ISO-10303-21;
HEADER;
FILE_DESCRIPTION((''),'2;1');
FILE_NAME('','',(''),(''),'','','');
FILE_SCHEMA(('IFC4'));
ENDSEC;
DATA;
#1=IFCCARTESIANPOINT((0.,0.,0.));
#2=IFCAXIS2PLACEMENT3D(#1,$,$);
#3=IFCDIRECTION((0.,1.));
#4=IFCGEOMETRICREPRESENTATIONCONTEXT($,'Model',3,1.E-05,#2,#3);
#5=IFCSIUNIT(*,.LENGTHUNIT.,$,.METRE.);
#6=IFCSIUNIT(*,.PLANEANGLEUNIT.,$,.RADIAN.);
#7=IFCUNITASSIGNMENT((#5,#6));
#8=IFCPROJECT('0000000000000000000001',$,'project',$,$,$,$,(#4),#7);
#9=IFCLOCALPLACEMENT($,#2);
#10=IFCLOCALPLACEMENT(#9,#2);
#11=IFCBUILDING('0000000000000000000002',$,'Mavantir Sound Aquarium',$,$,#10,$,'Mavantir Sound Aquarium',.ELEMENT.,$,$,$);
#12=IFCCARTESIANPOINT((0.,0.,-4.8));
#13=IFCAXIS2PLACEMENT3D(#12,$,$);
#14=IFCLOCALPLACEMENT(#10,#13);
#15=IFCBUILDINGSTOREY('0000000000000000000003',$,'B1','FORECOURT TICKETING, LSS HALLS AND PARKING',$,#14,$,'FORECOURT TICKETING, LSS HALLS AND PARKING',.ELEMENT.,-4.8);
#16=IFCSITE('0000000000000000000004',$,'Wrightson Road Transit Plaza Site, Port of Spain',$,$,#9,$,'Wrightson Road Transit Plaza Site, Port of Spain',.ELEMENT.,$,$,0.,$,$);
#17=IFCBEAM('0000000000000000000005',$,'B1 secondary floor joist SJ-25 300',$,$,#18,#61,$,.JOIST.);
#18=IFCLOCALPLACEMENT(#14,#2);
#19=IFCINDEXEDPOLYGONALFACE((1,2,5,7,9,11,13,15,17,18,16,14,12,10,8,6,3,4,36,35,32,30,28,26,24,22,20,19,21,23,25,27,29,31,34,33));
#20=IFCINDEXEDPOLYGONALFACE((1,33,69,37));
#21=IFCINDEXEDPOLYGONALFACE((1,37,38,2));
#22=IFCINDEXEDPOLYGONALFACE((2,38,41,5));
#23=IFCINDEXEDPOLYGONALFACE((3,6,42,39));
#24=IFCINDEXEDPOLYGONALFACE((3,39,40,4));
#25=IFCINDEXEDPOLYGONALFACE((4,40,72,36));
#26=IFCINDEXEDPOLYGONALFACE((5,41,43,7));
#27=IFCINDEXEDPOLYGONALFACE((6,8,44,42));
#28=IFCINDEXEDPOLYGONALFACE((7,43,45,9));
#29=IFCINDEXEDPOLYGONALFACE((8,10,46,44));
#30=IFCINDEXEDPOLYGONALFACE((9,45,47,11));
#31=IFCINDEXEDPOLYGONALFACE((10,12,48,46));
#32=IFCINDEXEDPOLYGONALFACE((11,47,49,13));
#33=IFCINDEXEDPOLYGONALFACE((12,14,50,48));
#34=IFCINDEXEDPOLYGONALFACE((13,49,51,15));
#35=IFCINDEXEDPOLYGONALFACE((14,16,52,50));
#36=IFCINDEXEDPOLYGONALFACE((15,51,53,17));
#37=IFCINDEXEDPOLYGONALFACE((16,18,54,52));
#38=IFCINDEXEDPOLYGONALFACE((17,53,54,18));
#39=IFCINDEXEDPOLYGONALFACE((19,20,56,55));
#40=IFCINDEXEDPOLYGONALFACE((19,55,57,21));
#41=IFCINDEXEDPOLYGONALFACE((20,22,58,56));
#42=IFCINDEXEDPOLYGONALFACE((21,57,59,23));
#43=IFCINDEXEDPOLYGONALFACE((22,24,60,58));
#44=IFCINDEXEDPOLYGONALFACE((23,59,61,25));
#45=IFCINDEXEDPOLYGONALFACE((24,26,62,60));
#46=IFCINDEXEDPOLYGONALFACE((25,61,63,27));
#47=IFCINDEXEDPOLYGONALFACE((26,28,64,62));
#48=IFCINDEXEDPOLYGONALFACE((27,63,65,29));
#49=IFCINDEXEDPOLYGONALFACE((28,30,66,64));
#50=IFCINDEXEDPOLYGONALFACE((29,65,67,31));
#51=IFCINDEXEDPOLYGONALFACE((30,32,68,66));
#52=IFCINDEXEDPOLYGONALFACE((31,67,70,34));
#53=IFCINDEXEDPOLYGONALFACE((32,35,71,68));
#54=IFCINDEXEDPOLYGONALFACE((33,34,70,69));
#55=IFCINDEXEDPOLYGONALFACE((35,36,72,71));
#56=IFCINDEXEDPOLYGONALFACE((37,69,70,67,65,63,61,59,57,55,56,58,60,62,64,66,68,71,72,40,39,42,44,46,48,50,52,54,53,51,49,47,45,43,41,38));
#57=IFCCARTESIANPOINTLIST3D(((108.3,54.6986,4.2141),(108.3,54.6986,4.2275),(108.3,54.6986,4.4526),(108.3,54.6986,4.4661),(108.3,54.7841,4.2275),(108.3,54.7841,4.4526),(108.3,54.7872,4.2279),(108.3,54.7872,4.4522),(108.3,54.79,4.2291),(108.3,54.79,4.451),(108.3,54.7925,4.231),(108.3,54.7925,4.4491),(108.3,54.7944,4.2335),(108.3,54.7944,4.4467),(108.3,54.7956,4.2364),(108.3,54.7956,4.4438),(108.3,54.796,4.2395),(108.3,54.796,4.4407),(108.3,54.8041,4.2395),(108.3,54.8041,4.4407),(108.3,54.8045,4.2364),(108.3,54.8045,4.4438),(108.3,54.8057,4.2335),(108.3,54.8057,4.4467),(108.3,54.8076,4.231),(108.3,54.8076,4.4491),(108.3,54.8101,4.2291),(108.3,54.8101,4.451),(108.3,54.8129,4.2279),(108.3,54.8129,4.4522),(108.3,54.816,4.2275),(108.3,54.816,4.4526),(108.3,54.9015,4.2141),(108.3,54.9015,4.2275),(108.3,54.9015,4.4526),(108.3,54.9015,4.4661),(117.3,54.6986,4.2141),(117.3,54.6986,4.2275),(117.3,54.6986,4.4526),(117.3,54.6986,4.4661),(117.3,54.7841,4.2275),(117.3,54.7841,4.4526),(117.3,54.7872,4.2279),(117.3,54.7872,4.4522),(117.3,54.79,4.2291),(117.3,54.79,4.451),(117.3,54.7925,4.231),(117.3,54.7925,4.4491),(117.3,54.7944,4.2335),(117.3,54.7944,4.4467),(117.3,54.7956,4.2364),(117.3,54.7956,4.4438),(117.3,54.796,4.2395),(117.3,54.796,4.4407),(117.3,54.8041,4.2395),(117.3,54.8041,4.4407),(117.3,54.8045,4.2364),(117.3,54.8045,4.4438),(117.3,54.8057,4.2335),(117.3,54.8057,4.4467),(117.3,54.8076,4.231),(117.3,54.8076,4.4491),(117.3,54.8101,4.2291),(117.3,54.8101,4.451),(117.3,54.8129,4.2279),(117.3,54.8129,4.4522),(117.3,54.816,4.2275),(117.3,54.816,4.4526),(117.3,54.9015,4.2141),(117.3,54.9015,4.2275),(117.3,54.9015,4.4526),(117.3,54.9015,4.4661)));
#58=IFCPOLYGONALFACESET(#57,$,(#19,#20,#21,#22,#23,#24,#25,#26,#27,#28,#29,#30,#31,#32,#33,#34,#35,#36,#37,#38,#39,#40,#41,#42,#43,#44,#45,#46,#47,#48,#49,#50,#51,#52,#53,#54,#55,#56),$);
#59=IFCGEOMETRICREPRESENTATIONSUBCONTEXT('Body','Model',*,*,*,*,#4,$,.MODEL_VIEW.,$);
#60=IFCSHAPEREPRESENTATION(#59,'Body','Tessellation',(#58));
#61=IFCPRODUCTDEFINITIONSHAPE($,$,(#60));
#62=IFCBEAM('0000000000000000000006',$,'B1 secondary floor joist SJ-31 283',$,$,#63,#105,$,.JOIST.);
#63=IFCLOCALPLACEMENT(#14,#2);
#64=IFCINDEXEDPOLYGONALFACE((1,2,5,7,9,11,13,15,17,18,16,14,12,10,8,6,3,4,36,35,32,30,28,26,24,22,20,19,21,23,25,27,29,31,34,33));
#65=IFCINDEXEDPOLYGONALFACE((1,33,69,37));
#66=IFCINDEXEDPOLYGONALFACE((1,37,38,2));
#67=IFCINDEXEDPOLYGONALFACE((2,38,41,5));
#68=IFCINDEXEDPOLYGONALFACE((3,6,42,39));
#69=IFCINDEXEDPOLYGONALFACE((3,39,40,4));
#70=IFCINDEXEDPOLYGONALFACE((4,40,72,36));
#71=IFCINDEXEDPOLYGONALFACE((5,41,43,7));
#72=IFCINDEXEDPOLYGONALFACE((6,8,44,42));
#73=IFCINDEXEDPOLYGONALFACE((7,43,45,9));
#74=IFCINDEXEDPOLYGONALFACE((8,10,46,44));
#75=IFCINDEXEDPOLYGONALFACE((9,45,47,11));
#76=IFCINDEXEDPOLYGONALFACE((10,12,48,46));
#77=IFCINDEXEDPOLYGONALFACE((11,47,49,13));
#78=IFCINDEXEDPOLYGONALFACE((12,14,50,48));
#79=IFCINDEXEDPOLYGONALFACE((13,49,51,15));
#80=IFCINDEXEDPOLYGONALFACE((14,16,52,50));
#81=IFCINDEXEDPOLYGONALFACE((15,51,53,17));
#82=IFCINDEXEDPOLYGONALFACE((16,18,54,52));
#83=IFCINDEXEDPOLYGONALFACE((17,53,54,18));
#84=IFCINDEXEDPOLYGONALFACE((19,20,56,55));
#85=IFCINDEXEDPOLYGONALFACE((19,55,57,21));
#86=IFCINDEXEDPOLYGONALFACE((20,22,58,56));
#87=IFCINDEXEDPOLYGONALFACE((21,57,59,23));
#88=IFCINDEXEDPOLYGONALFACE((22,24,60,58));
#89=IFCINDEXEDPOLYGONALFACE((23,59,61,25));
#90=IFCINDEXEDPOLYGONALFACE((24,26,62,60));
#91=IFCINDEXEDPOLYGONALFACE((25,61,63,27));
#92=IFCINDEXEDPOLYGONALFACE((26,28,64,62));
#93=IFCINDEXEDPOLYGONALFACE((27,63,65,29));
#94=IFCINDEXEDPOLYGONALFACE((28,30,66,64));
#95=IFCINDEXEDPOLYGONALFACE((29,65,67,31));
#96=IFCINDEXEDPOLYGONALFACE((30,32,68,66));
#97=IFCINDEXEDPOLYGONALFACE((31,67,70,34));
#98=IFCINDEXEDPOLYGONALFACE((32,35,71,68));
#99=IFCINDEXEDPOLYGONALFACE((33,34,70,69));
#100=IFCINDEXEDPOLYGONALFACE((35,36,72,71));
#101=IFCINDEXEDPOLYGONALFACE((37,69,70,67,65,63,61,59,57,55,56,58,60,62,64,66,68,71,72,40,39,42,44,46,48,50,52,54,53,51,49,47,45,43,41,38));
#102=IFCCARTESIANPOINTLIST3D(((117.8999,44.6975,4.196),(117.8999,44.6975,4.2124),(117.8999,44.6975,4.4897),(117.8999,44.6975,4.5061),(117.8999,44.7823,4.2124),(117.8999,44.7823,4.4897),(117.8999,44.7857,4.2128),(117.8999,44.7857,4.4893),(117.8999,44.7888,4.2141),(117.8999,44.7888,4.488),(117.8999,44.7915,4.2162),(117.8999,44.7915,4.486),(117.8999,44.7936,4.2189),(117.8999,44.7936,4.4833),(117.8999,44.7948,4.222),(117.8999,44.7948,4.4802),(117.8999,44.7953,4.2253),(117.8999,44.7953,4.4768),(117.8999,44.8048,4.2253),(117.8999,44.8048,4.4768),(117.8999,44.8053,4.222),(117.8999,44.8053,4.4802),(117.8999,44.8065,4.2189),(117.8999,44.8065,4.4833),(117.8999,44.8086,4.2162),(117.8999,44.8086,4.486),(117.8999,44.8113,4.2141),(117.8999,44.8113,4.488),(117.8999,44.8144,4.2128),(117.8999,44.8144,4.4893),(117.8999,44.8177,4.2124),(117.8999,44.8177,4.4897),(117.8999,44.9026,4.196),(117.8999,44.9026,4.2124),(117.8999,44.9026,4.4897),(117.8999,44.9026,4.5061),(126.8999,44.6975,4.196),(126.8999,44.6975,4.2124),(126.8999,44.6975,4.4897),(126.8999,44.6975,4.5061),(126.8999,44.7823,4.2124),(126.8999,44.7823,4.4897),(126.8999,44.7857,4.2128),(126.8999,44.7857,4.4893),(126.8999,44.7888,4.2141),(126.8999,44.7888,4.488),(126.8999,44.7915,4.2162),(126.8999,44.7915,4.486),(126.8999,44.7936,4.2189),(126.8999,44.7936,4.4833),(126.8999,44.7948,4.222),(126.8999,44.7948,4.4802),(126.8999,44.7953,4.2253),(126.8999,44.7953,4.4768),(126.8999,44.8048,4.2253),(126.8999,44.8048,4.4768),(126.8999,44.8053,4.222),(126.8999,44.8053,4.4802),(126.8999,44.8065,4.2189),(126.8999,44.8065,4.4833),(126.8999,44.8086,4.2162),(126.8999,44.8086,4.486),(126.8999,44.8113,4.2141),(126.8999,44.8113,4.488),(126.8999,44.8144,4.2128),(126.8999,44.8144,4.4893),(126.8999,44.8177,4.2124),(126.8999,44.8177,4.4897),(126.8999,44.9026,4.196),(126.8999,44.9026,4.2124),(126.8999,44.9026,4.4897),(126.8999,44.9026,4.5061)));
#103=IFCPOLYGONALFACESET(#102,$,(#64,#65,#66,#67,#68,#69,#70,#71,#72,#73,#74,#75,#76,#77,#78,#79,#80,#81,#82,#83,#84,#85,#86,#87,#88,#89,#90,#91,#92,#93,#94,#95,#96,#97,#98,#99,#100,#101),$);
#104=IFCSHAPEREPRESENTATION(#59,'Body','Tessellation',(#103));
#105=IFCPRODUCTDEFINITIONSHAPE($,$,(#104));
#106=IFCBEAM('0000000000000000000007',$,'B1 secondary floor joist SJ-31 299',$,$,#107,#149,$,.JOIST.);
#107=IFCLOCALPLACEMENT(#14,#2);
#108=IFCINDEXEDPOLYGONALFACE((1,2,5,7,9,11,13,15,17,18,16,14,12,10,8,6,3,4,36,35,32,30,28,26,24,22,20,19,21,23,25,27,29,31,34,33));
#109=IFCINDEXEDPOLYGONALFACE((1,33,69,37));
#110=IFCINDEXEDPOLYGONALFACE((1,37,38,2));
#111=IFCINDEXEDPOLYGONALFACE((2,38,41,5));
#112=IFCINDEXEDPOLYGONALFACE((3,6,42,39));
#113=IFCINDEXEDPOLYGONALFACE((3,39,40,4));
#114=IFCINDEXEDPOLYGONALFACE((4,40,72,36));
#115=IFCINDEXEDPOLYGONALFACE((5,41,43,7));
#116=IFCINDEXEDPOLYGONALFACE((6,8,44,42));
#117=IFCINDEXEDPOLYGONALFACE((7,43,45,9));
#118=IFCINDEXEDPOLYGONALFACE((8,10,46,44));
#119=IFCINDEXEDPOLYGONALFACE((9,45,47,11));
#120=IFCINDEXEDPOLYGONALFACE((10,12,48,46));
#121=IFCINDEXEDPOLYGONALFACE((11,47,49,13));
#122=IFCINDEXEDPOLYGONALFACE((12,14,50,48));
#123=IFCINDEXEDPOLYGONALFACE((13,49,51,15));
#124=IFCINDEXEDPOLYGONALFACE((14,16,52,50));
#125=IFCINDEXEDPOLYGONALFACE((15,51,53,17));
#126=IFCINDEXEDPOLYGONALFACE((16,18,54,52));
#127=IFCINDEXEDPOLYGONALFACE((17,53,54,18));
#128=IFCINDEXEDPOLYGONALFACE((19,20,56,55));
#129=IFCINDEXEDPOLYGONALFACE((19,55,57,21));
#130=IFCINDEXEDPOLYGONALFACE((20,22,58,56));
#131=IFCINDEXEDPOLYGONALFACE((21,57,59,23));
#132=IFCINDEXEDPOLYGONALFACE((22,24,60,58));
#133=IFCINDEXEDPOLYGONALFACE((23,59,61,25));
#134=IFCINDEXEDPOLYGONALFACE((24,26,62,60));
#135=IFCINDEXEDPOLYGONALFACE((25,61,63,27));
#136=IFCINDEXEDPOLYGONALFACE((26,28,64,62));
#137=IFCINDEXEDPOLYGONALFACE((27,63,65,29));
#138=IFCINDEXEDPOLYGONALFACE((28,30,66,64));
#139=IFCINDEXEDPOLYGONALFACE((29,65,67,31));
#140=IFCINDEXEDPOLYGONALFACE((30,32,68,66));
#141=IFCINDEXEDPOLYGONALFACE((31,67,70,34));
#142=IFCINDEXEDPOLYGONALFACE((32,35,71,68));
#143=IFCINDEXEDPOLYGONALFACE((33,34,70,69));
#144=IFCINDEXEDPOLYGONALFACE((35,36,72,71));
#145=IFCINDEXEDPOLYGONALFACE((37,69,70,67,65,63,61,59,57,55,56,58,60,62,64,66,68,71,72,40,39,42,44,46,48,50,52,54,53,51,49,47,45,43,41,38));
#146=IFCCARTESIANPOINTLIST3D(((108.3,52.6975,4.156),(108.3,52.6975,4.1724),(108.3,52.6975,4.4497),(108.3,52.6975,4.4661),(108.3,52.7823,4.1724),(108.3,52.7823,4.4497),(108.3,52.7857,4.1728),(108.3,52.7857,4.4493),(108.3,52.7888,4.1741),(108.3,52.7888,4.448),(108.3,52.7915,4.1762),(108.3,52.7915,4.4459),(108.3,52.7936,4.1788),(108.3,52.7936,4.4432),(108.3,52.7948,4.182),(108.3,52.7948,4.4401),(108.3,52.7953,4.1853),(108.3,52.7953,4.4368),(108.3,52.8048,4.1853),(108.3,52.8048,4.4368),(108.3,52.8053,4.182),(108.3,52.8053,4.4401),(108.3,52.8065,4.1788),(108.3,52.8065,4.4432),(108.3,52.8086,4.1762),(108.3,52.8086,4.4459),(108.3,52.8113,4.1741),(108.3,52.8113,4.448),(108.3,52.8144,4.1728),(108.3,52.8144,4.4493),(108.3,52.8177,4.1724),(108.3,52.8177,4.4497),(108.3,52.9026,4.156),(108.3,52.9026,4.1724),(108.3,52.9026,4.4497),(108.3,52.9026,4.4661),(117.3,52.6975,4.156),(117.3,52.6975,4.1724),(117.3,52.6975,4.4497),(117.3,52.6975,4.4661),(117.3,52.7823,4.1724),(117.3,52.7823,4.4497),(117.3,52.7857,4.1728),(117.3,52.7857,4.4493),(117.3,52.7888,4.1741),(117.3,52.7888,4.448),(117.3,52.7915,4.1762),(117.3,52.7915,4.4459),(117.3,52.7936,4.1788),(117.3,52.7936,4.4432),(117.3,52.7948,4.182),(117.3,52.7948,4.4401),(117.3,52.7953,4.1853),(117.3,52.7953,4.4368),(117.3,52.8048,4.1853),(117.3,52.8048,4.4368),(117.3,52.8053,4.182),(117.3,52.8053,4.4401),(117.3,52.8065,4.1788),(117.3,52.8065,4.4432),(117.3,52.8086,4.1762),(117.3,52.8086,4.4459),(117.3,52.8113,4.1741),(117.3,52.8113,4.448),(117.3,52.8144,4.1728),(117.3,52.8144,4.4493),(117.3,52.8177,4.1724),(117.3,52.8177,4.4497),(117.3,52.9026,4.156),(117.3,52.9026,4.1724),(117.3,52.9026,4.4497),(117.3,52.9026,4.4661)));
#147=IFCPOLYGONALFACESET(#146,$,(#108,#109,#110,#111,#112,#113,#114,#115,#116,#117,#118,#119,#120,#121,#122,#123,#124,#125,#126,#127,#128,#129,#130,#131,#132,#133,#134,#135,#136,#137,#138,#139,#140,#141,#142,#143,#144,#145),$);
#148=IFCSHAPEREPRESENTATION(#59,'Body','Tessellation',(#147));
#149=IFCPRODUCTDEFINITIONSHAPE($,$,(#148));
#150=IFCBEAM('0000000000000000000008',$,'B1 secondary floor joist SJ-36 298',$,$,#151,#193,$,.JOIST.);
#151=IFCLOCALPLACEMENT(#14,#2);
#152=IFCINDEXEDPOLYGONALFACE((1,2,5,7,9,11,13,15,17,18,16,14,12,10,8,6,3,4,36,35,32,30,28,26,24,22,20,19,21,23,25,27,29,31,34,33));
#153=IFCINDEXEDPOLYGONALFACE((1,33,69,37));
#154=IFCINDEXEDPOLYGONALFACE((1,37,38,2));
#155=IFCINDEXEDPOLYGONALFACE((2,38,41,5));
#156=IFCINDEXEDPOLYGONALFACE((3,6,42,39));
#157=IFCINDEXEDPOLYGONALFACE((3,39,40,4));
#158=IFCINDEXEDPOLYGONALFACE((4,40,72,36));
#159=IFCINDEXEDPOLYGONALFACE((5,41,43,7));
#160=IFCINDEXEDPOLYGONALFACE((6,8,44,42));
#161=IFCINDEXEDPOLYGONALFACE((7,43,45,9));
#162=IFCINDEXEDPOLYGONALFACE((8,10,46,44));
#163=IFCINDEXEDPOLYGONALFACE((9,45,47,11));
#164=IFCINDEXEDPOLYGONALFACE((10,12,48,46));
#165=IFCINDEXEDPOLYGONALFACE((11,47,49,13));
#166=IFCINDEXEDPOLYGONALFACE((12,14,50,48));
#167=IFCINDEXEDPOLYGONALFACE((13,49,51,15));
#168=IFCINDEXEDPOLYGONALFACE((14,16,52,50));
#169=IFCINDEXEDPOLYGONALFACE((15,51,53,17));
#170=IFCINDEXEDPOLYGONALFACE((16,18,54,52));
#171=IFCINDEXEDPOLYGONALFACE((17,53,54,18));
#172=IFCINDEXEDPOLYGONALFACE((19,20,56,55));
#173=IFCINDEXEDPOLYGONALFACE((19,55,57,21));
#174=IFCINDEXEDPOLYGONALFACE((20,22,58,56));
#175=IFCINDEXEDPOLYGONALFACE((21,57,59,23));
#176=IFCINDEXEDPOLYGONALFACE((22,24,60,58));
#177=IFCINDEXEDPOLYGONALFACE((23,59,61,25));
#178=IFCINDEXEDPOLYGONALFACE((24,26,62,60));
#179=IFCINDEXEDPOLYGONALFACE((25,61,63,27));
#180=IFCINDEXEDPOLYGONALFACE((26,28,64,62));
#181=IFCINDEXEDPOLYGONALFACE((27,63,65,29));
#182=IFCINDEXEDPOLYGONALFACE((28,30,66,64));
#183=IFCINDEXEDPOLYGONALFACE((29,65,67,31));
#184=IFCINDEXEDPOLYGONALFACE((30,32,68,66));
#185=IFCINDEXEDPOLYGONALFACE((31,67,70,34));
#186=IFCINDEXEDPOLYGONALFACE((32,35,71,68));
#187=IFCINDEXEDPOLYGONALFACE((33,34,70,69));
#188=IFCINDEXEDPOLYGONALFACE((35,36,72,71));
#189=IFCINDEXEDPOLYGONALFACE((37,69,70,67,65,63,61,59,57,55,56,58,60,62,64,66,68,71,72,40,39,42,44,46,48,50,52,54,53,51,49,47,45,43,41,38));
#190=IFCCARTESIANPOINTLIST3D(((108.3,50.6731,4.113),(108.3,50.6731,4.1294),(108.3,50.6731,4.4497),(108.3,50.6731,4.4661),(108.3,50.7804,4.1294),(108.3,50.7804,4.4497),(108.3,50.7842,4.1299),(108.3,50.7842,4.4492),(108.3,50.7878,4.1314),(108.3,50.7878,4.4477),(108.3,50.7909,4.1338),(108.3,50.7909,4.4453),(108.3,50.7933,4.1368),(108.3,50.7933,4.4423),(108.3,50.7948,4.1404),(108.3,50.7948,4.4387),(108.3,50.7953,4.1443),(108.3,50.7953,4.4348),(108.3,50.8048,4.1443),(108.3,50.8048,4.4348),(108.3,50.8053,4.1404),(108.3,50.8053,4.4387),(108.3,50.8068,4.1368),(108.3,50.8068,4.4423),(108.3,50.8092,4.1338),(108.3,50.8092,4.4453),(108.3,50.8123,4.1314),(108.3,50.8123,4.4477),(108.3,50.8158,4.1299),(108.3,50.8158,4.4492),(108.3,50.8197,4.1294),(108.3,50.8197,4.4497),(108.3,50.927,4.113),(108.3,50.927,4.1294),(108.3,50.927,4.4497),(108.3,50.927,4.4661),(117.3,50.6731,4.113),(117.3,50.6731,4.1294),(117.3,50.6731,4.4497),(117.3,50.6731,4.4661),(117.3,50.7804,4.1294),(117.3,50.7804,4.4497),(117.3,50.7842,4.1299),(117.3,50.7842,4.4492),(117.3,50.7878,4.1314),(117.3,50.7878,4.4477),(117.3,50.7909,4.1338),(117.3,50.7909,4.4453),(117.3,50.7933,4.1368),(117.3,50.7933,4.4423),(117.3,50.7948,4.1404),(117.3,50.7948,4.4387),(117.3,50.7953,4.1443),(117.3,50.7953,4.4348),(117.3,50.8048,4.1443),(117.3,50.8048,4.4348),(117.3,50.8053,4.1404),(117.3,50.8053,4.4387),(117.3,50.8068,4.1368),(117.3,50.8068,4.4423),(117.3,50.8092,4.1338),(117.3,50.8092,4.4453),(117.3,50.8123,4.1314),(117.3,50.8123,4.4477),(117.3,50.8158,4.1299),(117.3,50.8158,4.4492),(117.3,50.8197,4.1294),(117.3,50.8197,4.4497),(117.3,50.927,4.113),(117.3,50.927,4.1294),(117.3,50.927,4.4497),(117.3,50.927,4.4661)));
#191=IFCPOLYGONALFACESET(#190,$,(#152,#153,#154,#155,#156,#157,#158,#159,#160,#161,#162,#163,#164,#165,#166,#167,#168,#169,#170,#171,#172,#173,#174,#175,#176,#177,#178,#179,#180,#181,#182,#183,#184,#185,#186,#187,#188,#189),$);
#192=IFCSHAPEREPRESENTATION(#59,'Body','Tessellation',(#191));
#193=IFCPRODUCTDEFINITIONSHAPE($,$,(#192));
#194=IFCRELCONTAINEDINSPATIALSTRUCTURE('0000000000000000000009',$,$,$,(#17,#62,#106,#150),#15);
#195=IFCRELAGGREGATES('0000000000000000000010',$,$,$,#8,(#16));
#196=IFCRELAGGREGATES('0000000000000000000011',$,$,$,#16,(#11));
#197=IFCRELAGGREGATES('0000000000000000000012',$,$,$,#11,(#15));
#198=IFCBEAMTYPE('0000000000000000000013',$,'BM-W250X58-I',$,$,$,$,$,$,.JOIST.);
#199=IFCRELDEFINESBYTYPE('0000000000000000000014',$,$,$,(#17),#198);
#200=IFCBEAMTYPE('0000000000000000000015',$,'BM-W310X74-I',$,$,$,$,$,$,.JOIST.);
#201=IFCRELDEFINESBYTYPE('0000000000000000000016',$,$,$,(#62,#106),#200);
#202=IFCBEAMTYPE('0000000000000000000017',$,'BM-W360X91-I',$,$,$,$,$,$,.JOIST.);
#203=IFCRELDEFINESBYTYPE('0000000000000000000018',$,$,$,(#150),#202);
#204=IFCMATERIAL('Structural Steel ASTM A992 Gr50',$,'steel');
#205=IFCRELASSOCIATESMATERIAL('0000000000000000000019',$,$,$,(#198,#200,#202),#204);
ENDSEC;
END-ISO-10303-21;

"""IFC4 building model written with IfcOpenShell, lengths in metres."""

from ifc_helpers import new_model, si_unit, direction, frame, origin, origin_2d, place, context, subcontext, project, spatial, i_section, extrude, material, material_profile, profile_set, type_object, element, save


model = new_model("IFC4")

# Units and contexts
model_context = context("Model", 3, precision=1e-05, world=origin(), true_north=direction((0.0, 1.0)))
body_context = subcontext(model_context, "Body", "Model", "MODEL_VIEW")
ifc_project = project(units=[si_unit("LENGTHUNIT", "METRE"), si_unit("PLANEANGLEUNIT", "RADIAN")], contexts=[model_context])

# Site, building, storey
site_placement = place(None, origin())
site = spatial("IfcSite", under=ifc_project, at=site_placement, Name="Wrightson Road Transit Plaza Site, Port of Spain", LongName="Wrightson Road Transit Plaza Site, Port of Spain", CompositionType="ELEMENT", RefElevation=0.0)
building_placement = place(site_placement, origin())
building = spatial("IfcBuilding", under=site, at=building_placement, Name="Mavantir Sound Aquarium", LongName="Mavantir Sound Aquarium", CompositionType="ELEMENT")
storey_placement = place(building_placement, frame((0.0, 0.0, -4.8)))
storey = spatial("IfcBuildingStorey", under=building, at=storey_placement, Name="B1", Description="FORECOURT TICKETING, LSS HALLS AND PARKING", LongName="FORECOURT TICKETING, LSS HALLS AND PARKING", CompositionType="ELEMENT", Elevation=-4.8)

# Beams
ifc_material_1 = material(Name="Structural Steel ASTM A992 Gr50", Category="steel")
ifc_material_profile_1 = material_profile(ifc_material_1, i_section(OverallWidth=0.2029, OverallDepth=0.252, WebThickness=0.0081, FlangeThickness=0.0134, FilletRadius=0.012, at=origin_2d()), Name="W250X58")
ifc_profile_set_1 = profile_set([ifc_material_profile_1], Name="Structural Steel ASTM A992 Gr50")
beam_type_1 = type_object("IfcBeamType", Name="BM-W250X58-I", PredefinedType="JOIST", material=ifc_profile_set_1)
for number, where, z_axis, x_axis, name in (
    (1, (108.3, 54.8, 4.3401), (1.0, 0.0, 0.0), (0.0, 1.0, 0.0), "B1 secondary floor joist SJ-25 300"),
):
    element("IfcBeam", number, at=place(storey_placement, frame(where, z_axis=z_axis, x_axis=x_axis)), inside=storey, type_object=beam_type_1, Name=name, PredefinedType="JOIST", context=body_context, shape_type="SweptSolid", body=[
        extrude(i_section(OverallWidth=0.2029, OverallDepth=0.252, WebThickness=0.0081, FlangeThickness=0.0134, FilletRadius=0.012, at=origin_2d()), origin(), (0.0, 0.0, 1.0), 9.0),
    ])
ifc_material_profile_2 = material_profile(ifc_material_1, i_section(OverallWidth=0.2051, OverallDepth=0.3101, WebThickness=0.0095, FlangeThickness=0.0164, FilletRadius=0.0129, at=origin_2d()), Name="W310X74")
ifc_profile_set_2 = profile_set([ifc_material_profile_2], Name="Structural Steel ASTM A992 Gr50")
beam_type_2 = type_object("IfcBeamType", Name="BM-W310X74-I", PredefinedType="JOIST", material=ifc_profile_set_2)
for number, where, z_axis, x_axis, name in (
    (2, (117.8999, 44.8, 4.3511), (1.0, 0.0, 0.0), (0.0, 1.0, 0.0), "B1 secondary floor joist SJ-31 283"),
    (3, (108.3, 52.8, 4.311), (1.0, 0.0, 0.0), (0.0, 1.0, 0.0), "B1 secondary floor joist SJ-31 299"),
):
    element("IfcBeam", number, at=place(storey_placement, frame(where, z_axis=z_axis, x_axis=x_axis)), inside=storey, type_object=beam_type_2, Name=name, PredefinedType="JOIST", context=body_context, shape_type="SweptSolid", body=[
        extrude(i_section(OverallWidth=0.2051, OverallDepth=0.3101, WebThickness=0.0095, FlangeThickness=0.0164, FilletRadius=0.0129, at=origin_2d()), origin(), (0.0, 0.0, 1.0), 9.0),
    ])
ifc_material_profile_3 = material_profile(ifc_material_1, i_section(OverallWidth=0.2539, OverallDepth=0.353, WebThickness=0.0095, FlangeThickness=0.0164, FilletRadius=0.0149, at=origin_2d()), Name="W360X91")
ifc_profile_set_3 = profile_set([ifc_material_profile_3], Name="Structural Steel ASTM A992 Gr50")
beam_type_3 = type_object("IfcBeamType", Name="BM-W360X91-I", PredefinedType="JOIST", material=ifc_profile_set_3)
beam_1_placement = place(storey_placement, frame((108.3, 50.8, 4.2896), z_axis=(1.0, 0.0, 0.0), x_axis=(0.0, 1.0, 0.0)))
element("IfcBeam", 4, at=beam_1_placement, inside=storey, type_object=beam_type_3, Name="B1 secondary floor joist SJ-36 298", PredefinedType="JOIST", context=body_context, shape_type="SweptSolid", body=[
    extrude(i_section(OverallWidth=0.2539, OverallDepth=0.353, WebThickness=0.0095, FlangeThickness=0.0164, FilletRadius=0.0149, at=origin_2d()), origin(), (0.0, 0.0, 1.0), 9.0),
])

save(model, "model.ifc")
